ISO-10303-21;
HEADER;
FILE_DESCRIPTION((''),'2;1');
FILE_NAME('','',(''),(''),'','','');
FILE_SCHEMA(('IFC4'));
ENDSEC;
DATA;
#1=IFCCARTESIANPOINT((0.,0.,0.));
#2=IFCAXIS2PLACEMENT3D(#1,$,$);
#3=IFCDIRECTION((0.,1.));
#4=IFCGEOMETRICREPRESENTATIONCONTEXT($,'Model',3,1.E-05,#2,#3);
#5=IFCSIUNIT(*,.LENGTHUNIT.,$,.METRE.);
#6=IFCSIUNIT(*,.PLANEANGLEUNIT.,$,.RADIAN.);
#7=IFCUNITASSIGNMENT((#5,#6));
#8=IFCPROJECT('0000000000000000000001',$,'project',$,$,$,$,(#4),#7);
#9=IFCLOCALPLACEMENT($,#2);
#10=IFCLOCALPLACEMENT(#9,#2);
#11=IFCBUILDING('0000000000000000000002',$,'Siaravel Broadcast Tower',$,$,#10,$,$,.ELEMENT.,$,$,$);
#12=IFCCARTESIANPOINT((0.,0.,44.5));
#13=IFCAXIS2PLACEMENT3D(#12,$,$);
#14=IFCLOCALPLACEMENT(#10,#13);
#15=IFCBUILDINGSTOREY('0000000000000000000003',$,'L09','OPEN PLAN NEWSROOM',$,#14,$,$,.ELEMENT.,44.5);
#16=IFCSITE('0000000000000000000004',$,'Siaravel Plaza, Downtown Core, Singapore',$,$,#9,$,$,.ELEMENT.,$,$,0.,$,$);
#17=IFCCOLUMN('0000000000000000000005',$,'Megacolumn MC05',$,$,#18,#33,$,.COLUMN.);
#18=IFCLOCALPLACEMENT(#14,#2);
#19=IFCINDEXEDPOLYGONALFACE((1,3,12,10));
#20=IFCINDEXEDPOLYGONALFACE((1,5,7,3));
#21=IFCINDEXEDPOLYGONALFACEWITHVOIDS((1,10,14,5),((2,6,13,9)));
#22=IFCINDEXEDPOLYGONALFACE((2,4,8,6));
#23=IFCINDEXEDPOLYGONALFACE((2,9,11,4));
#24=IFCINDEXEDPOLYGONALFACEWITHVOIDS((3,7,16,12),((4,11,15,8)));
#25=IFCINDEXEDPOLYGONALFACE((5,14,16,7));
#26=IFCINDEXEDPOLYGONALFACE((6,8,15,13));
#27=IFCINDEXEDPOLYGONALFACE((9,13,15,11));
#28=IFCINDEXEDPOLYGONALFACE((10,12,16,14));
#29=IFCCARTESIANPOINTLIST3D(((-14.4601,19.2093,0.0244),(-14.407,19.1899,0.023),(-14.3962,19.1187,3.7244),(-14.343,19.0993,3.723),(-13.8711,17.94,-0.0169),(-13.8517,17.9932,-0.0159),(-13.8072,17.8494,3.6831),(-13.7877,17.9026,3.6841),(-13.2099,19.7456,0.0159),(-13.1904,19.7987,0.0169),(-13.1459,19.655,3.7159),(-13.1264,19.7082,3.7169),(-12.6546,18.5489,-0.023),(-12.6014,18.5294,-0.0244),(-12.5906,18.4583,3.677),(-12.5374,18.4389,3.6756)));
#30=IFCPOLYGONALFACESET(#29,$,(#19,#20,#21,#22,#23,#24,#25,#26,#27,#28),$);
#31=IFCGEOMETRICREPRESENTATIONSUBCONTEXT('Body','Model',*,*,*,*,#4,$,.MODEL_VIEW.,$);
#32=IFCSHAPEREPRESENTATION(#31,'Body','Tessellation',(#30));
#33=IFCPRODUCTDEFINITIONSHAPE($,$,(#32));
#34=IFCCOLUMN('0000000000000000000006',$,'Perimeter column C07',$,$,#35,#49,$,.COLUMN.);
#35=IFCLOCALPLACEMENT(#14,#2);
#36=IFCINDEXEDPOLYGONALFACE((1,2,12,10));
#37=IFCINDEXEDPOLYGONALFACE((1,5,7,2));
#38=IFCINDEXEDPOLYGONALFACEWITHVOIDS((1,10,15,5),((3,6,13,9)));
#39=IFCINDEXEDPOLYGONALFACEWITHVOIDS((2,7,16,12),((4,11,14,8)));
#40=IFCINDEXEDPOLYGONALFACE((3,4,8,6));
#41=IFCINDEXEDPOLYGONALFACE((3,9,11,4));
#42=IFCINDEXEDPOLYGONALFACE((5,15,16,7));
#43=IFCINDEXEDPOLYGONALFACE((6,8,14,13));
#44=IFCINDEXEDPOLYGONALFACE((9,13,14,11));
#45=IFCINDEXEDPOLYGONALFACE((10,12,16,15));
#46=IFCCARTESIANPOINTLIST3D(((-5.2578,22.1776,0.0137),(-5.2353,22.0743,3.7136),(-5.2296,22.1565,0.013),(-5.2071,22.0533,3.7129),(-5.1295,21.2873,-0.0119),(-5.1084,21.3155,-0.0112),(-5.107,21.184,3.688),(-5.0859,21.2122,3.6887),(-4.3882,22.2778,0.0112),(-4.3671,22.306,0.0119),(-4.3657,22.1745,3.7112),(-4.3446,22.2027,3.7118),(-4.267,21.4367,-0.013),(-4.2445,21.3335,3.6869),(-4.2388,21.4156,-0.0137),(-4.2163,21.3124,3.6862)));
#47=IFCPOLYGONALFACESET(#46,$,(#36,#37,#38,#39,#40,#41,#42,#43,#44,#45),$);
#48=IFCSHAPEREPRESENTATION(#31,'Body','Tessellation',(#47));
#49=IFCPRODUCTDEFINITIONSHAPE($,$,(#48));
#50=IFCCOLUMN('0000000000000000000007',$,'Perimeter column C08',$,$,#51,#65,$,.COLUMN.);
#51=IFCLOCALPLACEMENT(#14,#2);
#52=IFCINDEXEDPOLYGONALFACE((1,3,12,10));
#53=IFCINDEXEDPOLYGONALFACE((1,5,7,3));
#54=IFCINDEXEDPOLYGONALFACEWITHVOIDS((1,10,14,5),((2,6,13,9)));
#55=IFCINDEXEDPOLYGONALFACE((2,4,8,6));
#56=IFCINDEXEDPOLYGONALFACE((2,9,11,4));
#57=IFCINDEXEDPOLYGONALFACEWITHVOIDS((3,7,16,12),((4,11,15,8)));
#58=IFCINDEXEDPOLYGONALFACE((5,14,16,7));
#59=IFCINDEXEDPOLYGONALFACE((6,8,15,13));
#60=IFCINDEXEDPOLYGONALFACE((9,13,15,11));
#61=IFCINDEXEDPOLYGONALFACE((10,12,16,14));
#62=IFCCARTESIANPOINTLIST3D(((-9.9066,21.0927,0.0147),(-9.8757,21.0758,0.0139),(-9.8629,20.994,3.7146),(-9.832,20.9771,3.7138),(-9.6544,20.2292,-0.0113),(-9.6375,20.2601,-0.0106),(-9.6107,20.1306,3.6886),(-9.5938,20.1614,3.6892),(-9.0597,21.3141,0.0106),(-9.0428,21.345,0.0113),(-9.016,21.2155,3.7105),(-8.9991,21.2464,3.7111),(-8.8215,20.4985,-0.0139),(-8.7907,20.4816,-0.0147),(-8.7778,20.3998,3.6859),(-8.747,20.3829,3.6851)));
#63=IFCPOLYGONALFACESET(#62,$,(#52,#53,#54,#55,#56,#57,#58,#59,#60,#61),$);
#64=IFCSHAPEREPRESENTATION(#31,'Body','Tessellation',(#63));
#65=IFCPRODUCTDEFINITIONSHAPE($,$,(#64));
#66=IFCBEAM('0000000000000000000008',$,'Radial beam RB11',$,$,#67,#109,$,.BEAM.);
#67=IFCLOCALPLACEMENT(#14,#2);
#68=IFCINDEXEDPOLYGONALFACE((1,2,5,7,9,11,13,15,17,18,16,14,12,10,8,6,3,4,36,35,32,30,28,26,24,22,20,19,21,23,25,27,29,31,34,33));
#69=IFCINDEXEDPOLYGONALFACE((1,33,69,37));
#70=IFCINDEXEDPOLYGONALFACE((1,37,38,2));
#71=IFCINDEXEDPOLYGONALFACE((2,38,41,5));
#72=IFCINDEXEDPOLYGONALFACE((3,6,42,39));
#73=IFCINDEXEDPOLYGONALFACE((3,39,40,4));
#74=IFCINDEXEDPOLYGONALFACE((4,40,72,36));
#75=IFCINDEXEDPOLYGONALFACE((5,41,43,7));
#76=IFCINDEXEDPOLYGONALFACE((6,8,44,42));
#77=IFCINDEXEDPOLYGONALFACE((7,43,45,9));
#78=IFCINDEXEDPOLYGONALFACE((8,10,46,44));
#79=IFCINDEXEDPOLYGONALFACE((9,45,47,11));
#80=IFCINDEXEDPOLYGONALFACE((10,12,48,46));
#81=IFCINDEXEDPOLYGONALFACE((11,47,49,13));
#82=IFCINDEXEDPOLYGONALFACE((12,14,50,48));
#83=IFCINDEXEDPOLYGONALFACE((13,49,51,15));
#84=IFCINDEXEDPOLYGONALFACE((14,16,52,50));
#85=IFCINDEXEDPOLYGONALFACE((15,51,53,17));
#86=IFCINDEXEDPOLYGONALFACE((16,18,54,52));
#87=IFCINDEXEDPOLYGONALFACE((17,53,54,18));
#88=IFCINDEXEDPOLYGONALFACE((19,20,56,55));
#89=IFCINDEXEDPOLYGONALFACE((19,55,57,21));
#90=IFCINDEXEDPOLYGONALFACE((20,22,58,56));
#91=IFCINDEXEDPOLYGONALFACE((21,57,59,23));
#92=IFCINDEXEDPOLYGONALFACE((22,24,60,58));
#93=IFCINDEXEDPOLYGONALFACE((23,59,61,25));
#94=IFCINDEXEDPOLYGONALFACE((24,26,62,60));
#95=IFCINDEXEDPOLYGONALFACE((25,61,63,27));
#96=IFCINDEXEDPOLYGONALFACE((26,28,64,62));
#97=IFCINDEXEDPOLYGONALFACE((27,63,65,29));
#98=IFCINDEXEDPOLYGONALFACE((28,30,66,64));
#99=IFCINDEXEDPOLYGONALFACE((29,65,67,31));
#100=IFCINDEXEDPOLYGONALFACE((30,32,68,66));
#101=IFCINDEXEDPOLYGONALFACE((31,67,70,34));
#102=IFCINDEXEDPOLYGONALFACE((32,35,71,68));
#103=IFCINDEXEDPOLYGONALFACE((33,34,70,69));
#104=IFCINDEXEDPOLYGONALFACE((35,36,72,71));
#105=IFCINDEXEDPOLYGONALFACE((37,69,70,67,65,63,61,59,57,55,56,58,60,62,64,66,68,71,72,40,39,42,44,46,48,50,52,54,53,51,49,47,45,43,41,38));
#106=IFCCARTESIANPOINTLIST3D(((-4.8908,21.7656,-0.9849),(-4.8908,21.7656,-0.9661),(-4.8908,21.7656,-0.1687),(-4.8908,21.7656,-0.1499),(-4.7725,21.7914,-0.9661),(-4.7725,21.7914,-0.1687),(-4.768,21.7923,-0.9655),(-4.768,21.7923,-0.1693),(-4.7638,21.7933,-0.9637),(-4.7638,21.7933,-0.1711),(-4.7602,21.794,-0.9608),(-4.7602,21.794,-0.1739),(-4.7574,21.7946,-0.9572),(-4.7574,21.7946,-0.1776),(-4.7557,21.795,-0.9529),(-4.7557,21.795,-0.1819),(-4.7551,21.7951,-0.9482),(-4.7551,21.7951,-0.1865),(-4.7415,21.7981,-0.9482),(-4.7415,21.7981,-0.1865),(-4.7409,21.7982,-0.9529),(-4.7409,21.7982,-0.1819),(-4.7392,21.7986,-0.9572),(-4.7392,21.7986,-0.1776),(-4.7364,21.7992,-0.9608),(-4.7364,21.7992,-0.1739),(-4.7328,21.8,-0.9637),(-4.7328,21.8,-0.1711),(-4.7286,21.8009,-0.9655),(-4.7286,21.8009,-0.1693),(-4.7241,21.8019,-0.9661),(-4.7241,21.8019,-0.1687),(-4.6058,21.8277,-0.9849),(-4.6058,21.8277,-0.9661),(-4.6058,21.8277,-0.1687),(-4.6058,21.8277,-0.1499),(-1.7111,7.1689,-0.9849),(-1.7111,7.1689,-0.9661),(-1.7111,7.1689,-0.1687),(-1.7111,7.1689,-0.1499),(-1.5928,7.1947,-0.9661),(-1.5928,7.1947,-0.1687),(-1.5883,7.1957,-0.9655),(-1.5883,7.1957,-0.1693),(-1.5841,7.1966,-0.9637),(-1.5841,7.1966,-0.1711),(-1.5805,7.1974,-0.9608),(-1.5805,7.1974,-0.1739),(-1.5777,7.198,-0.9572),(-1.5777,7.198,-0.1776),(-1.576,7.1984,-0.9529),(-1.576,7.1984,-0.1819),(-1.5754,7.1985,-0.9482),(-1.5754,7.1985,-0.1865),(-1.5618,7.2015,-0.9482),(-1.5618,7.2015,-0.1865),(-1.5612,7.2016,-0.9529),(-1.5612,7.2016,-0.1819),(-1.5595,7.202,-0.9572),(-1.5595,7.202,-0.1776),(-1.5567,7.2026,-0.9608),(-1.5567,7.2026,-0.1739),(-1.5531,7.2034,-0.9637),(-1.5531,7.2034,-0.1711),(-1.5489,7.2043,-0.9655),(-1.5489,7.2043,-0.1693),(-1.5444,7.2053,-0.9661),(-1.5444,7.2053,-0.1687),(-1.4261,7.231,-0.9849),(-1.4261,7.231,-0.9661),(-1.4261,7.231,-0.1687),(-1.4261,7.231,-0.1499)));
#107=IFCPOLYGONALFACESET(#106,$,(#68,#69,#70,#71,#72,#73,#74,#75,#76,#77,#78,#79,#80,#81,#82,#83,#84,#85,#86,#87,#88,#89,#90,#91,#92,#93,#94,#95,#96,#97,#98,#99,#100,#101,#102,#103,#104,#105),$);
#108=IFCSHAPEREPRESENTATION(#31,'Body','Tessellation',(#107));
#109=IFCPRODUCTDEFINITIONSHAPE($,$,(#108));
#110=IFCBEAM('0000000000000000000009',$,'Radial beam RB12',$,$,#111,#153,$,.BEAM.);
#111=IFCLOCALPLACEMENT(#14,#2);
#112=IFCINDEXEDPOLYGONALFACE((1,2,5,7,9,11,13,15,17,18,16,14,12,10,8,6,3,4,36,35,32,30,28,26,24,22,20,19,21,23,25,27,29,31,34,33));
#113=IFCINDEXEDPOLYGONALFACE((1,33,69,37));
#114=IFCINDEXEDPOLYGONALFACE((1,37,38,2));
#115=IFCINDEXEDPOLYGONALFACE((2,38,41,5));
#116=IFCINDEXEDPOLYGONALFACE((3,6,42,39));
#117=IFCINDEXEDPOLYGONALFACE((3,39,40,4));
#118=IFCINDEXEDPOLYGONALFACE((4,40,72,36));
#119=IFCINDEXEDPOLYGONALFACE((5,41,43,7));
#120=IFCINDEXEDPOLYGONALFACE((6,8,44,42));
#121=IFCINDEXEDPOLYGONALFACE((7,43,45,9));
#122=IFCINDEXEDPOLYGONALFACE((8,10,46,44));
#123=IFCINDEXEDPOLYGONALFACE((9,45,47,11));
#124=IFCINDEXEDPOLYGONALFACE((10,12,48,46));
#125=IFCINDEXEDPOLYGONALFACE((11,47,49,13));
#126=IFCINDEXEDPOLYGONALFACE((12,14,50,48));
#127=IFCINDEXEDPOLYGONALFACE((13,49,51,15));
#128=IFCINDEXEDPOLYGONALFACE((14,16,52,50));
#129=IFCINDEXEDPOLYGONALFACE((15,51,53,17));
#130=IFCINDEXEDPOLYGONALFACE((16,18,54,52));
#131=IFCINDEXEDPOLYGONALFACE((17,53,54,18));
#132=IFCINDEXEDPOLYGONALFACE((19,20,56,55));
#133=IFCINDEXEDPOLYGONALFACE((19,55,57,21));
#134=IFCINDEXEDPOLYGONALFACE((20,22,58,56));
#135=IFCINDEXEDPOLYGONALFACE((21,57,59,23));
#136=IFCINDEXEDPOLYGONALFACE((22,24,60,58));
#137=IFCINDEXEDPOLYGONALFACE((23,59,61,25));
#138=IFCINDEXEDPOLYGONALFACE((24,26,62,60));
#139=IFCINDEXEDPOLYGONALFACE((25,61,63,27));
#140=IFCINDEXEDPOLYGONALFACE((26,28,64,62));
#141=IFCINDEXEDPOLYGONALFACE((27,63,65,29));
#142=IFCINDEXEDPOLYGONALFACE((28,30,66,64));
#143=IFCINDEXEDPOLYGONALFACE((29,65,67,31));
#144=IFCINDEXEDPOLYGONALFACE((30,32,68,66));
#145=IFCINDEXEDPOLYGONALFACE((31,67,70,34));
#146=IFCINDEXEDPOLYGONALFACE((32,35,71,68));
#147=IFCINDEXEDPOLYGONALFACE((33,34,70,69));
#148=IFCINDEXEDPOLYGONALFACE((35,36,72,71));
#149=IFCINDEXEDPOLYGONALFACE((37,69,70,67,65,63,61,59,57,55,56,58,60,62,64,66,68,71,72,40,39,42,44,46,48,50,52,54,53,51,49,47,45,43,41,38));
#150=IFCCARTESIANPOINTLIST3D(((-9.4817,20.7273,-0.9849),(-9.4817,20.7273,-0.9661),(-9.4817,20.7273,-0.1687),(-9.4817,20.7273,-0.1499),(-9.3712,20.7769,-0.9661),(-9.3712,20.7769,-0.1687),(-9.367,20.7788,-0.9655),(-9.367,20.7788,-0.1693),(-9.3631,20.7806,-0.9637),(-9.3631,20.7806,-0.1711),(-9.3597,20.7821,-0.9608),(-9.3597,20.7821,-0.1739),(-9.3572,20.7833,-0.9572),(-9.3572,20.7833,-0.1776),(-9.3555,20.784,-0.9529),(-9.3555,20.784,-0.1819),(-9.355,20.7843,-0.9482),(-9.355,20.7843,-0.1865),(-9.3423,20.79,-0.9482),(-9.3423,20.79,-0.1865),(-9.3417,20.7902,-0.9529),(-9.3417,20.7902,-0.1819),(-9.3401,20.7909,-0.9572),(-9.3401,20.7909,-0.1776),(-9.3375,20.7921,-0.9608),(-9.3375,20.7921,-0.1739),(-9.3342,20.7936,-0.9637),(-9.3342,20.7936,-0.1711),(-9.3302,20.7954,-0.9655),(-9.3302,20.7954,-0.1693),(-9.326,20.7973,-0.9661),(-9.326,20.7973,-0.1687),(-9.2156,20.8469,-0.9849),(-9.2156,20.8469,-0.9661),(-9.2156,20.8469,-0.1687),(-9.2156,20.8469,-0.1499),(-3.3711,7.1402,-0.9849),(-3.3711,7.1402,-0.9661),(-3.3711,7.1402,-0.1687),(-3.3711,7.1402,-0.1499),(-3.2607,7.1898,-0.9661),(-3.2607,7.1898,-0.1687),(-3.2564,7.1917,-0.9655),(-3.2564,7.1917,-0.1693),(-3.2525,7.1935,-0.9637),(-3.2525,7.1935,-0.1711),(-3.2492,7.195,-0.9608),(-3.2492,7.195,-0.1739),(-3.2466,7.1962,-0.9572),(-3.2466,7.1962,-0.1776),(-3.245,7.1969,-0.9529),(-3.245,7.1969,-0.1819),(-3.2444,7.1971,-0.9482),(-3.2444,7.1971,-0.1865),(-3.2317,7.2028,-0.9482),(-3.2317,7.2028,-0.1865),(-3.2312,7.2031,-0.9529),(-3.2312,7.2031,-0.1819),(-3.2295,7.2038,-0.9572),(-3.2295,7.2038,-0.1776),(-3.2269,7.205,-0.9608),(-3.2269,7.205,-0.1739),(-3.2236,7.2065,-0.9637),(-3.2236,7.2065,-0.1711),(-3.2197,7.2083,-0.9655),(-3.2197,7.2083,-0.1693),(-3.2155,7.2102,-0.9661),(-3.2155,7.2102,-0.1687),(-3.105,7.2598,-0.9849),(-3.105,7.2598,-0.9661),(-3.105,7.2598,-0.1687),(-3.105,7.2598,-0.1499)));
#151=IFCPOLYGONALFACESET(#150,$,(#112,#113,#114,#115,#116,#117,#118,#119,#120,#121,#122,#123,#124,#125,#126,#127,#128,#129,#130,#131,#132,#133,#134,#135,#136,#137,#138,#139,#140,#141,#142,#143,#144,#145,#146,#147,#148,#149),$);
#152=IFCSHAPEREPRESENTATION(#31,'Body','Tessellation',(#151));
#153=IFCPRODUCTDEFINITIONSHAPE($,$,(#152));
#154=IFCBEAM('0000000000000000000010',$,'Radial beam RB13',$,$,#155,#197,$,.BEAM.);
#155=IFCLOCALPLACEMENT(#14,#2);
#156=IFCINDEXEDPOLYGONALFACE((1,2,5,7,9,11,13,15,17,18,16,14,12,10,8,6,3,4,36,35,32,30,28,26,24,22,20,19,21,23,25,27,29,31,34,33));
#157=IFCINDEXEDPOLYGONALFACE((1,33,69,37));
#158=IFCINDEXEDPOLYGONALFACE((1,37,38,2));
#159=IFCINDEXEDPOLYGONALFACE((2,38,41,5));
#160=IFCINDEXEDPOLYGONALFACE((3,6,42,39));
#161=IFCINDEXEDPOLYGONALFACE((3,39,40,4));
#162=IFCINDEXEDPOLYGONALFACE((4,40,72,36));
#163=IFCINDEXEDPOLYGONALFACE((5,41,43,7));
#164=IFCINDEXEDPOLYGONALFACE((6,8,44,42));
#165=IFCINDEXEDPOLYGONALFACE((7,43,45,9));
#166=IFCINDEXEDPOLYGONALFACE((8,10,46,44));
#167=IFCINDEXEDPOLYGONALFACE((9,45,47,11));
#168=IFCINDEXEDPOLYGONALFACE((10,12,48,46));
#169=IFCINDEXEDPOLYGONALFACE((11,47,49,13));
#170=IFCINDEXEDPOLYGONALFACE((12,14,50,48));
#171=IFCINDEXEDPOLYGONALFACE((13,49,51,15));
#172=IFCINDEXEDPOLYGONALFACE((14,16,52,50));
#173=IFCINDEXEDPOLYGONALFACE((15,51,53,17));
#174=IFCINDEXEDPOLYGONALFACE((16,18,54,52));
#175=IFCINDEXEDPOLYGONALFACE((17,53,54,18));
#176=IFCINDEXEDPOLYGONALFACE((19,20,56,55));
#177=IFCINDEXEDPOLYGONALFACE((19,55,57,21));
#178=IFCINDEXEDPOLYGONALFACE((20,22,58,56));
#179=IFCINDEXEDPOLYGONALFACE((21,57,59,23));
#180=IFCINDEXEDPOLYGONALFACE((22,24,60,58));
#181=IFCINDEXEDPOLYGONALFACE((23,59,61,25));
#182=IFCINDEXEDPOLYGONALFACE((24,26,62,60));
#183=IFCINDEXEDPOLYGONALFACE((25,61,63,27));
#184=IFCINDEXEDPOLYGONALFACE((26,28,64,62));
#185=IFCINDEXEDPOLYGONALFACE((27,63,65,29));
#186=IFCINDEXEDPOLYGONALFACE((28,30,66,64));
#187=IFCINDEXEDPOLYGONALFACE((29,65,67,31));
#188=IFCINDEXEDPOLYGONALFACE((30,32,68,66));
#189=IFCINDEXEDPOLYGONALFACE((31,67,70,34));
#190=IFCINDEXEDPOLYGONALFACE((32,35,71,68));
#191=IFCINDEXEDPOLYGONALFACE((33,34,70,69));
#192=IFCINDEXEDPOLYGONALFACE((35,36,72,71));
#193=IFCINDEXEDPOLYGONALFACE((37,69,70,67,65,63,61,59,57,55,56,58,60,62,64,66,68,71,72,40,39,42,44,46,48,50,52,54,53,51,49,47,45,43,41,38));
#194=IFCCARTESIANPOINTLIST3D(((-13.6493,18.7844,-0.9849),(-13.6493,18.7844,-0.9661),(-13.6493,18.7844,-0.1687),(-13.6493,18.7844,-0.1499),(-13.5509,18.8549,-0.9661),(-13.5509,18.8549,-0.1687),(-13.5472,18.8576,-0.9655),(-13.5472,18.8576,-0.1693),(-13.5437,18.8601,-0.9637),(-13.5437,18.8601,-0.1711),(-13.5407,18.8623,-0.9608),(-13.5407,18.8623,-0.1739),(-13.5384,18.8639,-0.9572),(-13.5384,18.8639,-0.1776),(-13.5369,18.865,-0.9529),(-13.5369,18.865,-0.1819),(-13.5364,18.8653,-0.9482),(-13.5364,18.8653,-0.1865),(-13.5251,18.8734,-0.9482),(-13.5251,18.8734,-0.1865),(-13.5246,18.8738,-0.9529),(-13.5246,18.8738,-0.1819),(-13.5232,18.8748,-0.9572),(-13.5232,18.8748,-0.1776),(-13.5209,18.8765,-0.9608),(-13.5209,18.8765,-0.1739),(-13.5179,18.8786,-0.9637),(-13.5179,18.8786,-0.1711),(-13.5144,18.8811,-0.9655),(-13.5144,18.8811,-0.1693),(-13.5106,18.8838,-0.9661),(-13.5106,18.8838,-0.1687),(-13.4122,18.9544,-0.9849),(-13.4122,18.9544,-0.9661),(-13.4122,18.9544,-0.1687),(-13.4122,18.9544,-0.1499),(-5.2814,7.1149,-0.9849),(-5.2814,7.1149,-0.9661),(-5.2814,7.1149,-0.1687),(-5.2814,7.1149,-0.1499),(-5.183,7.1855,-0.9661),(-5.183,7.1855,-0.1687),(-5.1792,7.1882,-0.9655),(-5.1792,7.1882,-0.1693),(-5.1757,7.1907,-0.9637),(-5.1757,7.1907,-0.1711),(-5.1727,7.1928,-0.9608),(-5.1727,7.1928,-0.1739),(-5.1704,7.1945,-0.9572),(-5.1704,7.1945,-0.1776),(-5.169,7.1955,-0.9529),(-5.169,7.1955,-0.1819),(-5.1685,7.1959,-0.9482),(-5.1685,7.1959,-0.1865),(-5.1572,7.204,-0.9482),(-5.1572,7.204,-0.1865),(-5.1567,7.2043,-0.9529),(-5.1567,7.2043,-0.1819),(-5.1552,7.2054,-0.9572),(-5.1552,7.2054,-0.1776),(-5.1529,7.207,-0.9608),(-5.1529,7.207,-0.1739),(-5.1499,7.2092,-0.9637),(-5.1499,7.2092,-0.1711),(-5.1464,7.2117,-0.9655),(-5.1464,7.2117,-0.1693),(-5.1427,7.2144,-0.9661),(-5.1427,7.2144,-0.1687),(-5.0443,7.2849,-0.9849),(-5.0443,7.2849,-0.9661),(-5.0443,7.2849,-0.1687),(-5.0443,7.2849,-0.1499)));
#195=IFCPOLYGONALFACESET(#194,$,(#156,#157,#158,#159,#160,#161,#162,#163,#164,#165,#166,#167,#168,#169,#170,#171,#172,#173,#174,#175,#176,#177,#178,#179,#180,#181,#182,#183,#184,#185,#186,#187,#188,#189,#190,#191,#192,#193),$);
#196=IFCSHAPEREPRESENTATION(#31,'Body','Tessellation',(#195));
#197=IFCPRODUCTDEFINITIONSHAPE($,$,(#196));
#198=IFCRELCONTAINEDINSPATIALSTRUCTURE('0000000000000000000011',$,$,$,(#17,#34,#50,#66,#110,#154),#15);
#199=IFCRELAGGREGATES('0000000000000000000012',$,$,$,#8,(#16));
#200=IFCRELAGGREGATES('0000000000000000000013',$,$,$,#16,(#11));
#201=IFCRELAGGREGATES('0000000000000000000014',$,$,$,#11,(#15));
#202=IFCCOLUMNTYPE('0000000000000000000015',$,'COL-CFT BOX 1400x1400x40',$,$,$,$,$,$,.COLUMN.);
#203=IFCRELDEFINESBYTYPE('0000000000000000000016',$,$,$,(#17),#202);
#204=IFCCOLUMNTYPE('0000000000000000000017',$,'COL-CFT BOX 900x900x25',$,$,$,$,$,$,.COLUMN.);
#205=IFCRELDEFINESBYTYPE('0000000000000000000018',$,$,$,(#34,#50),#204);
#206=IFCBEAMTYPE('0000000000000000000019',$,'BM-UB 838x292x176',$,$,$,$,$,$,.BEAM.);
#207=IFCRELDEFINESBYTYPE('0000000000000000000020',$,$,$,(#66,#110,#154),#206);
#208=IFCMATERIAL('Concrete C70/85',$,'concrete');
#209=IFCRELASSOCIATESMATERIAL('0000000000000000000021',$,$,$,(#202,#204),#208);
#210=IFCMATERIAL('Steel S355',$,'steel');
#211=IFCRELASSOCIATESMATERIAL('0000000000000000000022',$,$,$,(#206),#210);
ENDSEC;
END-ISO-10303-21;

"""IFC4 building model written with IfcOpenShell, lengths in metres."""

from ifc_helpers import new_model, si_unit, direction, frame, origin, origin_2d, place, context, subcontext, project, spatial, hollow_rectangle, i_section, extrude, material, material_profile, profile_set, type_object, element, save


model = new_model("IFC4")

# Units and contexts
model_context = context("Model", 3, precision=1e-05, world=origin(), true_north=direction((0.0, 1.0)))
body_context = subcontext(model_context, "Body", "Model", "MODEL_VIEW")
ifc_project = project(units=[si_unit("LENGTHUNIT", "METRE"), si_unit("PLANEANGLEUNIT", "RADIAN")], contexts=[model_context])

# Site, building, storey
site_placement = place(None, origin())
site = spatial("IfcSite", under=ifc_project, at=site_placement, Name="Siaravel Plaza, Downtown Core, Singapore", CompositionType="ELEMENT", RefElevation=0.0)
building_placement = place(site_placement, origin())
building = spatial("IfcBuilding", under=site, at=building_placement, Name="Siaravel Broadcast Tower", CompositionType="ELEMENT")
storey_placement = place(building_placement, frame((0.0, 0.0, 44.5)))
storey = spatial("IfcBuildingStorey", under=building, at=storey_placement, Name="L09", Description="OPEN PLAN NEWSROOM", CompositionType="ELEMENT", Elevation=44.5)

# Columns
ifc_material_1 = material(Name="Concrete C70/85", Category="concrete")
ifc_material_profile_1 = material_profile(ifc_material_1, hollow_rectangle(XDim=1.3999, YDim=1.3999, WallThickness=0.04, at=origin_2d()))
ifc_profile_set_1 = profile_set([ifc_material_profile_1], Name="Concrete C70/85")
column_type_1 = type_object("IfcColumnType", Name="COL-CFT BOX 1400x1400x40", PredefinedType="COLUMN", material=ifc_profile_set_1)
column_placement = place(storey_placement, frame((-13.5308, 18.8694, 0.0), z_axis=(0.01728, -0.024469, 0.999551), x_axis=(0.907022, 0.42105, -0.005373)))
element("IfcColumn", 1, at=column_placement, inside=storey, type_object=column_type_1, Name="Megacolumn MC05", PredefinedType="COLUMN", context=body_context, shape_type="SweptSolid", body=[
    extrude(hollow_rectangle(XDim=1.3999, YDim=1.3999, WallThickness=0.04, at=origin_2d()), origin(), (0.0, 0.0, 1.0), 3.7017),
])
ifc_material_profile_2 = material_profile(ifc_material_1, hollow_rectangle(XDim=0.8999, YDim=0.8999, WallThickness=0.0249, at=origin_2d()))
ifc_profile_set_2 = profile_set([ifc_material_profile_2], Name="Concrete C70/85")
column_type_2 = type_object("IfcColumnType", Name="COL-CFT BOX 900x900x25", PredefinedType="COLUMN", material=ifc_profile_set_2)
for number, where, z_axis, x_axis, name in (
    (2, (-4.7483, 21.7966, 0.0), (0.006068, -0.0279, 0.999592), (0.989772, 0.142647, -0.002027), "Perimeter column C07"),
    (3, (-9.3486, 20.7871, 0.0), (0.011806, -0.026647, 0.999575), (0.959867, 0.280428, -0.003862), "Perimeter column C08"),
):
    element("IfcColumn", number, at=place(storey_placement, frame(where, z_axis=z_axis, x_axis=x_axis)), inside=storey, type_object=column_type_2, Name=name, PredefinedType="COLUMN", context=body_context, shape_type="SweptSolid", body=[
        extrude(hollow_rectangle(XDim=0.8999, YDim=0.8999, WallThickness=0.0249, at=origin_2d()), origin(), (0.0, 0.0, 1.0), 3.7014),
    ])

# Beams
ifc_material_2 = material(Name="Steel S355", Category="steel")
ifc_material_profile_3 = material_profile(ifc_material_2, i_section(OverallWidth=0.2917, OverallDepth=0.835, WebThickness=0.0139, FlangeThickness=0.0188, FilletRadius=0.0178, at=origin_2d()))
ifc_profile_set_3 = profile_set([ifc_material_profile_3], Name="Steel S355")
beam_type = type_object("IfcBeamType", Name="BM-UB 838x292x176", PredefinedType="BEAM", material=ifc_profile_set_3)
beam_1_placement = place(storey_placement, frame((-4.7483, 21.7966, -0.5674), z_axis=(0.212845, -0.977086, 0.0), x_axis=(0.977086, 0.212845, 0.0)))
element("IfcBeam", 4, at=beam_1_placement, inside=storey, type_object=beam_type, Name="Radial beam RB11", PredefinedType="BEAM", context=body_context, shape_type="SweptSolid", body=[
    extrude(i_section(OverallWidth=0.2917, OverallDepth=0.835, WebThickness=0.0139, FlangeThickness=0.0188, FilletRadius=0.0178, at=origin_2d()), origin(), (0.0, 0.0, 1.0), 14.939),
])
beam_2_placement = place(storey_placement, frame((-9.3486, 20.7871, -0.5674), z_axis=(0.410162, -0.912013, 0.0), x_axis=(0.912013, 0.410162, 0.0)))
element("IfcBeam", 5, at=beam_2_placement, inside=storey, type_object=beam_type, Name="Radial beam RB12", PredefinedType="BEAM", context=body_context, shape_type="SweptSolid", body=[
    extrude(i_section(OverallWidth=0.2917, OverallDepth=0.835, WebThickness=0.0139, FlangeThickness=0.0188, FilletRadius=0.0178, at=origin_2d()), origin(), (0.0, 0.0, 1.0), 14.8979),
])
beam_3_placement = place(storey_placement, frame((-13.5308, 18.8694, -0.5674), z_axis=(0.582741, -0.812658, 0.0), x_axis=(0.812658, 0.582741, 0.0)))
element("IfcBeam", 6, at=beam_3_placement, inside=storey, type_object=beam_type, Name="Radial beam RB13", PredefinedType="BEAM", context=body_context, shape_type="SweptSolid", body=[
    extrude(i_section(OverallWidth=0.2917, OverallDepth=0.835, WebThickness=0.0139, FlangeThickness=0.0188, FilletRadius=0.0178, at=origin_2d()), origin(), (0.0, 0.0, 1.0), 14.3596),
])

save(model, "model.ifc")
